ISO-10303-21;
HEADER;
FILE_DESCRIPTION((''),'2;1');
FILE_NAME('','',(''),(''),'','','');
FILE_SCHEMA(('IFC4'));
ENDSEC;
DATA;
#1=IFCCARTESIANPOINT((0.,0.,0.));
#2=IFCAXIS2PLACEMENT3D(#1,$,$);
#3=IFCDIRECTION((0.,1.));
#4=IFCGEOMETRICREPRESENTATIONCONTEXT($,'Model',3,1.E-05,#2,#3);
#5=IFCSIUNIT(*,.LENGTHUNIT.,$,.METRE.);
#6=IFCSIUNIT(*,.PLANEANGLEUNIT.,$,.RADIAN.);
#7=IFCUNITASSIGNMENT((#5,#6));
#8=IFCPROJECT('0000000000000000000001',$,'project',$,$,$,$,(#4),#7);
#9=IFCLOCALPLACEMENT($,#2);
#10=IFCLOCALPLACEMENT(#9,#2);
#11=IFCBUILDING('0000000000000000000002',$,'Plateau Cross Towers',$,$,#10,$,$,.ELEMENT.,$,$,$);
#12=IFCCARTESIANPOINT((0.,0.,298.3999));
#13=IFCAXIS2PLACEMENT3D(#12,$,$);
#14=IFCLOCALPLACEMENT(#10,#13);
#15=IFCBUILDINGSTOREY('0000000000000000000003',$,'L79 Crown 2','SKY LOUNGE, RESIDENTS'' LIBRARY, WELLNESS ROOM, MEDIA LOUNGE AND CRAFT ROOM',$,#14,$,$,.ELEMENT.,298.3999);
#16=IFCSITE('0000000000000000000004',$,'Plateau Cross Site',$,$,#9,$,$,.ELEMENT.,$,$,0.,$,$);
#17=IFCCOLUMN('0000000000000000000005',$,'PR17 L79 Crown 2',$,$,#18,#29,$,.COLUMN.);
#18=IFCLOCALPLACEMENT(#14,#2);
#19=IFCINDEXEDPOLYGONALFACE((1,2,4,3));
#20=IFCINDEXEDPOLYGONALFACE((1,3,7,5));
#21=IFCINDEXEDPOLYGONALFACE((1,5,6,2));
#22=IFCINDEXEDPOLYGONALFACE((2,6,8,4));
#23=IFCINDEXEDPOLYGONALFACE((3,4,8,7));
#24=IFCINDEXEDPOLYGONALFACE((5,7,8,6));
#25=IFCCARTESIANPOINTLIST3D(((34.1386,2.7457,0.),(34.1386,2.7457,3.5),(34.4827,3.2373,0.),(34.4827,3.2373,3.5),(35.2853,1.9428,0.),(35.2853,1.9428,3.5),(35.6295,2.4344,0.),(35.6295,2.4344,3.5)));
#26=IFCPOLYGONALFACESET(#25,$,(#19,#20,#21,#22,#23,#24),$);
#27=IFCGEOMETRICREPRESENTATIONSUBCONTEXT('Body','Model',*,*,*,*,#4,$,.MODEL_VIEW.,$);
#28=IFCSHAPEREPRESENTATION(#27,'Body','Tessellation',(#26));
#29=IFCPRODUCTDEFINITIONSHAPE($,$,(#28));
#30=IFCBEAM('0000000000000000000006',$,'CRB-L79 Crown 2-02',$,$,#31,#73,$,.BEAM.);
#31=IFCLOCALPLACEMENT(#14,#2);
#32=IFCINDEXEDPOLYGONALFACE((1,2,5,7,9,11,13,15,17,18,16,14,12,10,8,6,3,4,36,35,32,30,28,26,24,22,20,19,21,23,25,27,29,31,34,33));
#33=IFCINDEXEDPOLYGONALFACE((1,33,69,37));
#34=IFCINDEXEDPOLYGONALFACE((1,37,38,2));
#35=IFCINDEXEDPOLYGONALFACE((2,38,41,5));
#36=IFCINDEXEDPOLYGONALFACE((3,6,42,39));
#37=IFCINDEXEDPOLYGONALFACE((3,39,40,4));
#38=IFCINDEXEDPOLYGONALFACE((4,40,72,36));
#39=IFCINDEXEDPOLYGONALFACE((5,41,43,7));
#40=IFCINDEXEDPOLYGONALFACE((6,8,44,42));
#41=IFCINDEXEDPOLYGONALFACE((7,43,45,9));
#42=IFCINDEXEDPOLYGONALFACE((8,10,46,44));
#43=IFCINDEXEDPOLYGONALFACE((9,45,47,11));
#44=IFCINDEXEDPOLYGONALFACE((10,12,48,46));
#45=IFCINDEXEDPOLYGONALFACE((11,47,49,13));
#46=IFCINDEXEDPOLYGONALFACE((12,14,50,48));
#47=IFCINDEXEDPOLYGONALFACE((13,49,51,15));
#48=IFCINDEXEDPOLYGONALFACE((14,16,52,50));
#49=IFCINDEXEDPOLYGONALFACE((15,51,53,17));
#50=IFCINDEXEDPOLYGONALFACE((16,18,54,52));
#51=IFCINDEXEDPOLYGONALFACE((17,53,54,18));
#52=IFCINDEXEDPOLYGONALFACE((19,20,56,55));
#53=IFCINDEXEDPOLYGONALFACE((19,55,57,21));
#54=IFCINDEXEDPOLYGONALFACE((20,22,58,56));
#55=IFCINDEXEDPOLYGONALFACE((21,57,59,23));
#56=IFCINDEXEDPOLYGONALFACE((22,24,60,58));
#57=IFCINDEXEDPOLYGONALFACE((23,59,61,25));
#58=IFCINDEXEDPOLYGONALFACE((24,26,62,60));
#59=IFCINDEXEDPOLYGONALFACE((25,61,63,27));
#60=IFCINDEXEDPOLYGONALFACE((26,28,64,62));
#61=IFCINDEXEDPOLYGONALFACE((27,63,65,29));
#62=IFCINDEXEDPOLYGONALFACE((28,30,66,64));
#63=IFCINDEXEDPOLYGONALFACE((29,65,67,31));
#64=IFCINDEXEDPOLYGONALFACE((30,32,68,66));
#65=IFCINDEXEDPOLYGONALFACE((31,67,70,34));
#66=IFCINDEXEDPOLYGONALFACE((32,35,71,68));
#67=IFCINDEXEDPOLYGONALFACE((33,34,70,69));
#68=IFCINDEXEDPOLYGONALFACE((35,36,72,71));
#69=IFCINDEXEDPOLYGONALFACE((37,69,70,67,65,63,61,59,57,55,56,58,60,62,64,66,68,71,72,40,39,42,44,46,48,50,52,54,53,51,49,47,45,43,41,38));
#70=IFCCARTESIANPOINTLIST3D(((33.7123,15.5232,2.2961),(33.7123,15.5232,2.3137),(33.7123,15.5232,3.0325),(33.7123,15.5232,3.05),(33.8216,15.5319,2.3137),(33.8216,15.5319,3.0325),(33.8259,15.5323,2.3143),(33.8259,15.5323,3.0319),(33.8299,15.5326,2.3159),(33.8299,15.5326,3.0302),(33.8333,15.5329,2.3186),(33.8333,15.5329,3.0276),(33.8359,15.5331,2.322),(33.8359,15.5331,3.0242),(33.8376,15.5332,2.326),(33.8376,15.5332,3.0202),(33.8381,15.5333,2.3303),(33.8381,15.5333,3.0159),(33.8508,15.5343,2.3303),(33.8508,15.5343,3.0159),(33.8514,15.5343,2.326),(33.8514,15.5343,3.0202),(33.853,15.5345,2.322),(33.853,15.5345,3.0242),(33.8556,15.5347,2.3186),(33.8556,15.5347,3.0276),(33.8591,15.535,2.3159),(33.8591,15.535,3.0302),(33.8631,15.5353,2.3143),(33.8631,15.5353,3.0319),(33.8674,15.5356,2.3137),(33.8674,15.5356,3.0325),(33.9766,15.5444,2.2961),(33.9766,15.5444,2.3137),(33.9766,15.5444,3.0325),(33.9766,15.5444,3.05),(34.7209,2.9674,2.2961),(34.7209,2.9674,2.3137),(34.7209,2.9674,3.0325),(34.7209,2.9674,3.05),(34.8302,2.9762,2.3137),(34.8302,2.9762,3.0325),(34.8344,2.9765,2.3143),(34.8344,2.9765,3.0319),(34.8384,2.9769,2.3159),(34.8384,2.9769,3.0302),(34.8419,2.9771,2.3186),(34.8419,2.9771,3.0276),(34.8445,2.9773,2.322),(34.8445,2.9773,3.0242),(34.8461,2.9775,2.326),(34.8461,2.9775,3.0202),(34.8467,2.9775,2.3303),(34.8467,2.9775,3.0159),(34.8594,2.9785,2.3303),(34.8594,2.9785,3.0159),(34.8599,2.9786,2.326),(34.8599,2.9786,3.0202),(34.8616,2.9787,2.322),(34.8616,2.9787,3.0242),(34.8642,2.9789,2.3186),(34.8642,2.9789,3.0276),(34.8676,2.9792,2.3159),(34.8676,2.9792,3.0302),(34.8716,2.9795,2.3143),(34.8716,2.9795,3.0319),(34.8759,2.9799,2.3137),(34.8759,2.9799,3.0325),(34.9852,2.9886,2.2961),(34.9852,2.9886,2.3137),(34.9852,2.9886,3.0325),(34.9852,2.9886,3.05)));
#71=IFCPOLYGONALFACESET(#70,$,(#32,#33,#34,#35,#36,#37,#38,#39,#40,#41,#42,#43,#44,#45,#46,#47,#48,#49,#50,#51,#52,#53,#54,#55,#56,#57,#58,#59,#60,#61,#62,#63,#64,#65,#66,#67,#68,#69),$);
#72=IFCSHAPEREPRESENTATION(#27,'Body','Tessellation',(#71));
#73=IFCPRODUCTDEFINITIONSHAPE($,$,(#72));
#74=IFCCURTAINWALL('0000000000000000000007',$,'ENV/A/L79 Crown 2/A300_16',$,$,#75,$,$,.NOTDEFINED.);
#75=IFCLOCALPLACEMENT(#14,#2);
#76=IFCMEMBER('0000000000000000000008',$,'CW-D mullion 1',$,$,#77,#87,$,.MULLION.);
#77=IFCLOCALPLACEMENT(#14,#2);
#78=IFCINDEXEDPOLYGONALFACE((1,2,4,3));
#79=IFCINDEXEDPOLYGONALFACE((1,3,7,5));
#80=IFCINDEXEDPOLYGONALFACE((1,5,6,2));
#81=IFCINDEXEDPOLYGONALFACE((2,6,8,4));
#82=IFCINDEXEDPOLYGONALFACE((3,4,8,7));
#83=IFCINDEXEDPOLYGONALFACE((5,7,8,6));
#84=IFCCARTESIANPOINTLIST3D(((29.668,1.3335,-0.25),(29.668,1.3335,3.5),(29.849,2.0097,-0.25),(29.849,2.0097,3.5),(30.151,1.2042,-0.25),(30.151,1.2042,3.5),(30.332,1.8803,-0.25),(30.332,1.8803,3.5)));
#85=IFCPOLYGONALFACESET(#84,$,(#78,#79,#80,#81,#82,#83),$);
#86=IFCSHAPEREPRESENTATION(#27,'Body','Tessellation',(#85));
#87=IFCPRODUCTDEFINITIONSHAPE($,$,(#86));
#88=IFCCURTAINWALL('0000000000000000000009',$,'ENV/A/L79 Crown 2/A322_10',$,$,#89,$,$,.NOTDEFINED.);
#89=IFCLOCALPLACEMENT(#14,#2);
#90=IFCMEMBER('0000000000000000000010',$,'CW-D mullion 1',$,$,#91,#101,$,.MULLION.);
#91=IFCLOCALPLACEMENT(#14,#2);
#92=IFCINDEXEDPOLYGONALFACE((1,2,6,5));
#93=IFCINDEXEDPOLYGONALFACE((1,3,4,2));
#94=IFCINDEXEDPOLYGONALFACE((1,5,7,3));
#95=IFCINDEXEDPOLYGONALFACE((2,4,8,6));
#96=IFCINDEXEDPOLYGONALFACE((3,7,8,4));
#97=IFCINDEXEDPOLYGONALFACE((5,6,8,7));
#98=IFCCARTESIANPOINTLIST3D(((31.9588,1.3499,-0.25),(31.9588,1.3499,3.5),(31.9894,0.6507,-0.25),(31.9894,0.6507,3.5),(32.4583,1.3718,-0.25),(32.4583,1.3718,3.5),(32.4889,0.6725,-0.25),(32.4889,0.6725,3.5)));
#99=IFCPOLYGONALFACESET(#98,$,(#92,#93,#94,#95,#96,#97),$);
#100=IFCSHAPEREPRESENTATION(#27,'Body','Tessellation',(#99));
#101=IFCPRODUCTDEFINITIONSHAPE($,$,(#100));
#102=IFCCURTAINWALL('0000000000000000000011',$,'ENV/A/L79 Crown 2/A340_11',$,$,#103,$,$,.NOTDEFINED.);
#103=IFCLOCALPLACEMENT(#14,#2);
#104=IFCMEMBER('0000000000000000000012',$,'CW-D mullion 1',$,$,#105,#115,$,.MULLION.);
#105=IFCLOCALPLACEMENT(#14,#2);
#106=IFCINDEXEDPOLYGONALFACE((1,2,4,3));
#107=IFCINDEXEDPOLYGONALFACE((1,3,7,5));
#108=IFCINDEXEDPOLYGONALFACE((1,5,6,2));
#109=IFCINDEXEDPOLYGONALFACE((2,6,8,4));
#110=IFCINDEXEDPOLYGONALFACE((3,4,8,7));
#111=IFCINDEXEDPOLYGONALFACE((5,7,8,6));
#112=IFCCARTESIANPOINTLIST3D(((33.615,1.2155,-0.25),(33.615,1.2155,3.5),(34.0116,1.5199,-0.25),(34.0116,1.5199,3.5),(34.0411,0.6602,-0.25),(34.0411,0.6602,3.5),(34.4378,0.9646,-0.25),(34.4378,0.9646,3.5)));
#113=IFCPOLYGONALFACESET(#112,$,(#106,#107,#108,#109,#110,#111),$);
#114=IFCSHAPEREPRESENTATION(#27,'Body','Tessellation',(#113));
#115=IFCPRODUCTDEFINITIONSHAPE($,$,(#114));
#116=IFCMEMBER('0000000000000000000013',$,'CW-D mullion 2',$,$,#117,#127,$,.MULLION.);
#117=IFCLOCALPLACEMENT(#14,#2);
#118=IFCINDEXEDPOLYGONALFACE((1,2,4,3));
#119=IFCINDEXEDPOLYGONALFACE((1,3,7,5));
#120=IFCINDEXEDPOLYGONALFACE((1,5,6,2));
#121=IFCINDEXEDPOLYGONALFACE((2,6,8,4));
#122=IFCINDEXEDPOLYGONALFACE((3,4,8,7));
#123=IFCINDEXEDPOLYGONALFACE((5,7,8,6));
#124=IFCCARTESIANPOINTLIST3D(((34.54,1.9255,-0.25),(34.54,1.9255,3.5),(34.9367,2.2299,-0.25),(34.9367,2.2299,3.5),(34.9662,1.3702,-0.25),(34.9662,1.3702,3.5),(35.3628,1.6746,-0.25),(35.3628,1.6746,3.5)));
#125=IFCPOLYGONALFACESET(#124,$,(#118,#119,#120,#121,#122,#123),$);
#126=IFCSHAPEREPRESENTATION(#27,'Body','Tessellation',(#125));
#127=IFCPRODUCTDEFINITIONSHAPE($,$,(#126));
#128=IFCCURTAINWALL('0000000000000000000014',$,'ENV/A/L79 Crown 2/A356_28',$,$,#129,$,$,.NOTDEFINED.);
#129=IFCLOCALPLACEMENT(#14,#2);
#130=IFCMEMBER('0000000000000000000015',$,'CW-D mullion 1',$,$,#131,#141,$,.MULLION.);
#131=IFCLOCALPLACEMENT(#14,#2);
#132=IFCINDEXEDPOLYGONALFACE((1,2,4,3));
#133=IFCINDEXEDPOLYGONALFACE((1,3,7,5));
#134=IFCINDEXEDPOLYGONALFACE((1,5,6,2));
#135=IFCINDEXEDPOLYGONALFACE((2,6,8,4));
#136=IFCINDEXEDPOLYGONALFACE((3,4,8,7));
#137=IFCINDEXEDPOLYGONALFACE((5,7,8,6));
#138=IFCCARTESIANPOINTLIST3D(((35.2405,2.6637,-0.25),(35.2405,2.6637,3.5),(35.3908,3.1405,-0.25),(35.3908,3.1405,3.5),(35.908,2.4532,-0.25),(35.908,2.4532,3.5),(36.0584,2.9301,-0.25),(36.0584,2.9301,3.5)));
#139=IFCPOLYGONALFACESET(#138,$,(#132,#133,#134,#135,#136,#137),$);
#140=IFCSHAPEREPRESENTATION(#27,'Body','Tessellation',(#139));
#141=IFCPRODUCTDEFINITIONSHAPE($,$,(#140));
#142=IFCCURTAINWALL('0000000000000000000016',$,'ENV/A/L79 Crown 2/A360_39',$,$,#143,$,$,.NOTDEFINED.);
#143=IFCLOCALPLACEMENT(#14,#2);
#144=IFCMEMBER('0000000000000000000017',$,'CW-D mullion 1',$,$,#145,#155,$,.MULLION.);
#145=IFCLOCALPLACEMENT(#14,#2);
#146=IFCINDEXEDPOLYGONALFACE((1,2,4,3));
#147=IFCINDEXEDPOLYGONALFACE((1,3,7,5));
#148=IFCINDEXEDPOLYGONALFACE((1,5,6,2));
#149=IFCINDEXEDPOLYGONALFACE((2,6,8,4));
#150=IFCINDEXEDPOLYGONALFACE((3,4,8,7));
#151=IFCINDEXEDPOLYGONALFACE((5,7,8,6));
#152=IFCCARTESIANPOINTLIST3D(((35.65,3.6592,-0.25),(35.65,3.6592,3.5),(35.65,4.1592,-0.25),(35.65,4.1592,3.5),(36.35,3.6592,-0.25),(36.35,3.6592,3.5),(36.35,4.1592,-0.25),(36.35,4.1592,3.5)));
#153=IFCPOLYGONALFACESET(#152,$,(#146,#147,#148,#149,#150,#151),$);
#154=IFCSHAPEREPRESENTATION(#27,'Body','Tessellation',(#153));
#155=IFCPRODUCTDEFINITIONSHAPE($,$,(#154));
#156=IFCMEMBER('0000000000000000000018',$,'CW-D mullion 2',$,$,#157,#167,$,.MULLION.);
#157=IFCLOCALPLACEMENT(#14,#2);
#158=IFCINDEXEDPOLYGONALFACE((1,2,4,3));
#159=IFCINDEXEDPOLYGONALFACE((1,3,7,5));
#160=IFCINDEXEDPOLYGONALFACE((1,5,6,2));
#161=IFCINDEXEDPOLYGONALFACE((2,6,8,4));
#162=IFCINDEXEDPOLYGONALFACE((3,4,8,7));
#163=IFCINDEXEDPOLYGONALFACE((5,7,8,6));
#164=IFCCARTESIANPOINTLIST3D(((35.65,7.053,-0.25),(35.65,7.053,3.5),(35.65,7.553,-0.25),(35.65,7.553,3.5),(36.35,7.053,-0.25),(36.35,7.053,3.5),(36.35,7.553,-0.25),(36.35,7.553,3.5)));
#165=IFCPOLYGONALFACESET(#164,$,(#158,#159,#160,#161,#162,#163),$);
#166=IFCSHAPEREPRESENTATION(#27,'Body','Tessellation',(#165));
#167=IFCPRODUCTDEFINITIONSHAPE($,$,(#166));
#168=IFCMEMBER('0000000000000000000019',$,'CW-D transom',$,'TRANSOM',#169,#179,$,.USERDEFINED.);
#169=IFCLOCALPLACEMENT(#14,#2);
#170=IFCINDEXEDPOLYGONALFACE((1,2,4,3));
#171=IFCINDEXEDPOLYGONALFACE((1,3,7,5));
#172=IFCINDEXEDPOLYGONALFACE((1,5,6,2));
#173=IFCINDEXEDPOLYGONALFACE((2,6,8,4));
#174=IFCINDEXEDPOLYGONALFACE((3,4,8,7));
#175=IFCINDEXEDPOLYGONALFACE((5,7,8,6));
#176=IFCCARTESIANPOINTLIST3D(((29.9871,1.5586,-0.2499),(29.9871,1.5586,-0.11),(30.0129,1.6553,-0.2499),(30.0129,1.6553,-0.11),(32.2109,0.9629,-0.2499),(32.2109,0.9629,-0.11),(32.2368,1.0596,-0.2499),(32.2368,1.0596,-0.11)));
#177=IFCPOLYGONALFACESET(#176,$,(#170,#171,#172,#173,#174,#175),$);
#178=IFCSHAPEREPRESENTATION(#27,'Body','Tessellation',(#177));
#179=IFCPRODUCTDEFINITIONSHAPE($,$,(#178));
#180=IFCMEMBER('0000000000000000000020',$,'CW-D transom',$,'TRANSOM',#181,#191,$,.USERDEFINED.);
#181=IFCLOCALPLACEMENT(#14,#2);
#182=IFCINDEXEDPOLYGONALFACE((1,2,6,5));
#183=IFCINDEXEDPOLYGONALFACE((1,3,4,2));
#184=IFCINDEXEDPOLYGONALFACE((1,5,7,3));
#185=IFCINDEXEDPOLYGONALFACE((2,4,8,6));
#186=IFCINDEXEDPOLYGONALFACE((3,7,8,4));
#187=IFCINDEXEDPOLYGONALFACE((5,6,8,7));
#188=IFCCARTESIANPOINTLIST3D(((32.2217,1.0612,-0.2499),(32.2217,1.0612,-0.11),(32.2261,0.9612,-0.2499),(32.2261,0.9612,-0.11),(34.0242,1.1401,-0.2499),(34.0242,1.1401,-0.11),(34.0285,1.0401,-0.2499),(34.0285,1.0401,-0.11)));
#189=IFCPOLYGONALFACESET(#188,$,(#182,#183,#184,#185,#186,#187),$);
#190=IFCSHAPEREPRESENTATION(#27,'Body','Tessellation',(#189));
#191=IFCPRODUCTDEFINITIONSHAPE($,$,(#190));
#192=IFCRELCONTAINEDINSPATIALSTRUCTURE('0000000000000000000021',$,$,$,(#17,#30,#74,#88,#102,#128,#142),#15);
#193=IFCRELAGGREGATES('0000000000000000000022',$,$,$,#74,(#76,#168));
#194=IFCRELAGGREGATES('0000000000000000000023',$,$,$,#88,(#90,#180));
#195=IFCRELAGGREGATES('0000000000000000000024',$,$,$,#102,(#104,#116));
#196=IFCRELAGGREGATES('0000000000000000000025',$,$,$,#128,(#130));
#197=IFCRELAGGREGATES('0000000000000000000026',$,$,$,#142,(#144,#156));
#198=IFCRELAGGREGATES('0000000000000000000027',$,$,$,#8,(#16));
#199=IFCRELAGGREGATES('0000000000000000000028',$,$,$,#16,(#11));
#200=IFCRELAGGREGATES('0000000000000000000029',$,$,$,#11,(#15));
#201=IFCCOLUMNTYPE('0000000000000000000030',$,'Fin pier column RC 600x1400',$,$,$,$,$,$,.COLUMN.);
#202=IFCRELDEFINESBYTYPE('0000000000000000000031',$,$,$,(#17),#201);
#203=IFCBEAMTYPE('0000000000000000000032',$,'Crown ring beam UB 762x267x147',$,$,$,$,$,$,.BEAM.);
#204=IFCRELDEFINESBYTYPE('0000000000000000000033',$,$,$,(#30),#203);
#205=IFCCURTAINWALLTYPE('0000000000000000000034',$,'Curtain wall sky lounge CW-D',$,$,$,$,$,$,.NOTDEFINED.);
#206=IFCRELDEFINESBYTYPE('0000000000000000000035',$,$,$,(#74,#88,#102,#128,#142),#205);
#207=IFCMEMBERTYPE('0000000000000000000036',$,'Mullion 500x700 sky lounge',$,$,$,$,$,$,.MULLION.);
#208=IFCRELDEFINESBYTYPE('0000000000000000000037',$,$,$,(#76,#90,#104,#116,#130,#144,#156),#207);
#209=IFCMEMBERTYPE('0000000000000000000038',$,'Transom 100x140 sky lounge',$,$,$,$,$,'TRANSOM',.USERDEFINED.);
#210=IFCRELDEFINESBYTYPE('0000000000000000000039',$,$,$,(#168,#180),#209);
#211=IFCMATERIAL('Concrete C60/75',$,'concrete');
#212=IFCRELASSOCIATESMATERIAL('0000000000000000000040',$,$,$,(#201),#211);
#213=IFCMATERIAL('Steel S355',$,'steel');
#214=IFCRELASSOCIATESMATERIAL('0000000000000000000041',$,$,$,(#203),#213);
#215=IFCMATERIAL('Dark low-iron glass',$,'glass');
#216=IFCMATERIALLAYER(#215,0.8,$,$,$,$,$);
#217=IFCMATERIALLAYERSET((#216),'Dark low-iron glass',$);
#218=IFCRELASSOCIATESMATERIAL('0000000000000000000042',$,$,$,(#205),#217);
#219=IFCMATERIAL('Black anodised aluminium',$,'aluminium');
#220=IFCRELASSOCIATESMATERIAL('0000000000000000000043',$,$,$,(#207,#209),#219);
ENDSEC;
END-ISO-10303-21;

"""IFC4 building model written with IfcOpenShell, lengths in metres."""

from ifc_helpers import new_model, si_unit, direction, frame, origin, origin_2d, place, context, subcontext, project, spatial, rectangle, i_section, extrude, material, layer, layer_set, material_profile, profile_set, type_object, element, aggregate, save


model = new_model("IFC4")

# Units and contexts
model_context = context("Model", 3, precision=1e-05, world=origin(), true_north=direction((0.0, 1.0)))
body_context = subcontext(model_context, "Body", "Model", "MODEL_VIEW")
ifc_project = project(units=[si_unit("LENGTHUNIT", "METRE"), si_unit("PLANEANGLEUNIT", "RADIAN")], contexts=[model_context])

# Site, building, storey
site_placement = place(None, origin())
site = spatial("IfcSite", under=ifc_project, at=site_placement, Name="Plateau Cross Site", CompositionType="ELEMENT", RefElevation=0.0)
building_placement = place(site_placement, origin())
building = spatial("IfcBuilding", under=site, at=building_placement, Name="Plateau Cross Towers", CompositionType="ELEMENT")
storey_placement = place(building_placement, frame((0.0, 0.0, 298.3999)))
storey = spatial("IfcBuildingStorey", under=building, at=storey_placement, Name="L79 Crown 2", Description="SKY LOUNGE, RESIDENTS' LIBRARY, WELLNESS ROOM, MEDIA LOUNGE AND CRAFT ROOM", CompositionType="ELEMENT", Elevation=298.3999)

# Column
ifc_material_1 = material(Name="Concrete C60/75", Category="concrete")
ifc_material_profile_1 = material_profile(ifc_material_1, rectangle(XDim=0.6001, YDim=1.3999, at=origin_2d()), Name="RC 600x1400")
ifc_profile_set_1 = profile_set([ifc_material_profile_1], Name="Concrete C60/75")
column_type = type_object("IfcColumnType", Name="Fin pier column RC 600x1400", PredefinedType="COLUMN", material=ifc_profile_set_1)
column_placement = place(storey_placement, frame((34.884, 2.5901, 0.0), z_axis=(0.0, 0.0, 1.0), x_axis=(0.573543, 0.819176, 0.0)))
element("IfcColumn", 1, at=column_placement, inside=storey, type_object=column_type, Name="PR17 L79 Crown 2", PredefinedType="COLUMN", context=body_context, shape_type="SweptSolid", body=[
    extrude(rectangle(XDim=0.6001, YDim=1.3999, at=origin_2d()), origin(), (0.0, 0.0, 1.0), 3.5),
])

# Beam
ifc_material_2 = material(Name="Steel S355", Category="steel")
ifc_material_profile_2 = material_profile(ifc_material_2, i_section(OverallWidth=0.2651, OverallDepth=0.7539, WebThickness=0.0127, FlangeThickness=0.0176, FilletRadius=0.0166, at=origin_2d()), Name="UB 762x267x147")
ifc_profile_set_2 = profile_set([ifc_material_profile_2], Name="Steel S355")
beam_type = type_object("IfcBeamType", Name="Crown ring beam UB 762x267x147", PredefinedType="BEAM", material=ifc_profile_set_2)
beam_placement = place(storey_placement, frame((34.853, 2.978, 2.6731), z_axis=(-0.080068, 0.996789, 0.0), x_axis=(-0.996789, -0.080068, 0.0)))
element("IfcBeam", 2, at=beam_placement, inside=storey, type_object=beam_type, Name="CRB-L79 Crown 2-02", PredefinedType="BEAM", context=body_context, shape_type="SweptSolid", body=[
    extrude(i_section(OverallWidth=0.2651, OverallDepth=0.7539, WebThickness=0.0127, FlangeThickness=0.0176, FilletRadius=0.0166, at=origin_2d()), origin(), (0.0, 0.0, 1.0), 12.5962),
])

# Curtain walls, members
ifc_material_3 = material(Name="Dark low-iron glass", Category="glass")
ifc_layer_1 = layer(ifc_material_3, 0.8)
ifc_layer_set_1 = layer_set([ifc_layer_1], Name="Dark low-iron glass")
curtain_wall_type = type_object("IfcCurtainWallType", Name="Curtain wall sky lounge CW-D", PredefinedType="NOTDEFINED", material=ifc_layer_set_1)
curtain_wall_1_placement = place(storey_placement, origin())
curtain_wall_1 = element("IfcCurtainWall", 3, at=curtain_wall_1_placement, inside=storey, type_object=curtain_wall_type, Name="ENV/A/L79 Crown 2/A300_16", PredefinedType="NOTDEFINED")
ifc_material_4 = material(Name="Black anodised aluminium", Category="aluminium")
ifc_material_profile_3 = material_profile(ifc_material_4, rectangle(XDim=0.5, YDim=0.7, at=origin_2d()), Name="MULLION 500x700")
ifc_profile_set_3 = profile_set([ifc_material_profile_3], Name="Black anodised aluminium")
member_type_1 = type_object("IfcMemberType", Name="Mullion 500x700 sky lounge", PredefinedType="MULLION", material=ifc_profile_set_3)
member_1_placement = place(storey_placement, frame((30.0, 1.6069, -0.25), z_axis=(0.0, 0.0, 1.0), x_axis=(0.965958, -0.258699, 0.0)))
member_1 = element("IfcMember", 4, at=member_1_placement, type_object=member_type_1, Name="CW-D mullion 1", PredefinedType="MULLION", context=body_context, shape_type="SweptSolid", body=[
    extrude(rectangle(XDim=0.5, YDim=0.7, at=origin_2d()), origin(), (0.0, 0.0, 1.0), 3.75),
])
curtain_wall_2_placement = place(storey_placement, origin())
curtain_wall_2 = element("IfcCurtainWall", 5, at=curtain_wall_2_placement, inside=storey, type_object=curtain_wall_type, Name="ENV/A/L79 Crown 2/A322_10", PredefinedType="NOTDEFINED")
member_2_placement = place(storey_placement, frame((32.2239, 1.0112, -0.25), z_axis=(0.0, 0.0, 1.0), x_axis=(0.999044, 0.043723, 0.0)))
member_2 = element("IfcMember", 6, at=member_2_placement, type_object=member_type_1, Name="CW-D mullion 1", PredefinedType="MULLION", context=body_context, shape_type="SweptSolid", body=[
    extrude(rectangle(XDim=0.5, YDim=0.7, at=origin_2d()), origin(), (0.0, 0.0, 1.0), 3.75),
])

# Curtain wall, members
curtain_wall_3_placement = place(storey_placement, origin())
curtain_wall_3 = element("IfcCurtainWall", 7, at=curtain_wall_3_placement, inside=storey, type_object=curtain_wall_type, Name="ENV/A/L79 Crown 2/A340_11", PredefinedType="NOTDEFINED")
member_3_placement = place(storey_placement, frame((34.0264, 1.0901, -0.25), z_axis=(0.0, 0.0, 1.0), x_axis=(0.793316, 0.608811, 0.0)))
member_3 = element("IfcMember", 8, at=member_3_placement, type_object=member_type_1, Name="CW-D mullion 1", PredefinedType="MULLION", context=body_context, shape_type="SweptSolid", body=[
    extrude(rectangle(XDim=0.5, YDim=0.7, at=origin_2d()), origin(), (0.0, 0.0, 1.0), 3.75),
])
member_4_placement = place(storey_placement, frame((34.9514, 1.8, -0.25), z_axis=(0.0, 0.0, 1.0), x_axis=(0.793316, 0.608811, 0.0)))
member_4 = element("IfcMember", 9, at=member_4_placement, type_object=member_type_1, Name="CW-D mullion 2", PredefinedType="MULLION", context=body_context, shape_type="SweptSolid", body=[
    extrude(rectangle(XDim=0.5, YDim=0.7, at=origin_2d()), origin(), (0.0, 0.0, 1.0), 3.75),
])

# Curtain wall, member
curtain_wall_4_placement = place(storey_placement, origin())
curtain_wall_4 = element("IfcCurtainWall", 10, at=curtain_wall_4_placement, inside=storey, type_object=curtain_wall_type, Name="ENV/A/L79 Crown 2/A356_28", PredefinedType="NOTDEFINED")
member_5_placement = place(storey_placement, frame((35.6494, 2.7969, -0.25), z_axis=(0.0, 0.0, 1.0), x_axis=(0.300686, 0.953723, 0.0)))
member_5 = element("IfcMember", 11, at=member_5_placement, type_object=member_type_1, Name="CW-D mullion 1", PredefinedType="MULLION", context=body_context, shape_type="SweptSolid", body=[
    extrude(rectangle(XDim=0.5, YDim=0.7, at=origin_2d()), origin(), (0.0, 0.0, 1.0), 3.75),
])

# Curtain wall, members
curtain_wall_5_placement = place(storey_placement, origin())
curtain_wall_5 = element("IfcCurtainWall", 12, at=curtain_wall_5_placement, inside=storey, type_object=curtain_wall_type, Name="ENV/A/L79 Crown 2/A360_39", PredefinedType="NOTDEFINED")
member_6_placement = place(storey_placement, frame((36.0, 3.9092, -0.25), z_axis=(0.0, 0.0, 1.0), x_axis=(0.0, 1.0, 0.0)))
member_6 = element("IfcMember", 13, at=member_6_placement, type_object=member_type_1, Name="CW-D mullion 1", PredefinedType="MULLION", context=body_context, shape_type="SweptSolid", body=[
    extrude(rectangle(XDim=0.5, YDim=0.7, at=origin_2d()), origin(), (0.0, 0.0, 1.0), 3.75),
])
member_7_placement = place(storey_placement, frame((36.0, 7.303, -0.25), z_axis=(0.0, 0.0, 1.0), x_axis=(0.0, 1.0, 0.0)))
member_7 = element("IfcMember", 14, at=member_7_placement, type_object=member_type_1, Name="CW-D mullion 2", PredefinedType="MULLION", context=body_context, shape_type="SweptSolid", body=[
    extrude(rectangle(XDim=0.5, YDim=0.7, at=origin_2d()), origin(), (0.0, 0.0, 1.0), 3.75),
])

# Members
ifc_material_profile_4 = material_profile(ifc_material_4, rectangle(XDim=0.1001, YDim=0.1399, at=origin_2d()), Name="TRANSOM 100x140")
ifc_profile_set_4 = profile_set([ifc_material_profile_4], Name="Black anodised aluminium")
member_type_2 = type_object("IfcMemberType", Name="Transom 100x140 sky lounge", ElementType="TRANSOM", PredefinedType="USERDEFINED", material=ifc_profile_set_4)
member_8_placement = place(storey_placement, frame((30.0, 1.6069, -0.1799), z_axis=(0.965946, -0.258745, 0.0), x_axis=(0.258745, 0.965946, 0.0)))
member_8 = element("IfcMember", 15, at=member_8_placement, type_object=member_type_2, Name="CW-D transom", ObjectType="TRANSOM", PredefinedType="USERDEFINED", context=body_context, shape_type="SweptSolid", body=[
    extrude(rectangle(XDim=0.1001, YDim=0.1399, at=origin_2d()), origin(), (0.0, 0.0, 1.0), 2.3022),
])
member_9_placement = place(storey_placement, frame((32.2239, 1.0112, -0.1799), z_axis=(0.999044, 0.043707, 0.0), x_axis=(-0.043707, 0.999044, 0.0)))
member_9 = element("IfcMember", 16, at=member_9_placement, type_object=member_type_2, Name="CW-D transom", ObjectType="TRANSOM", PredefinedType="USERDEFINED", context=body_context, shape_type="SweptSolid", body=[
    extrude(rectangle(XDim=0.1001, YDim=0.1399, at=origin_2d()), origin(), (0.0, 0.0, 1.0), 1.8042),
])

aggregate(curtain_wall_1, [member_1, member_8])
aggregate(curtain_wall_2, [member_2, member_9])
aggregate(curtain_wall_3, [member_3, member_4])
aggregate(curtain_wall_4, [member_5])
aggregate(curtain_wall_5, [member_6, member_7])

save(model, "model.ifc")
